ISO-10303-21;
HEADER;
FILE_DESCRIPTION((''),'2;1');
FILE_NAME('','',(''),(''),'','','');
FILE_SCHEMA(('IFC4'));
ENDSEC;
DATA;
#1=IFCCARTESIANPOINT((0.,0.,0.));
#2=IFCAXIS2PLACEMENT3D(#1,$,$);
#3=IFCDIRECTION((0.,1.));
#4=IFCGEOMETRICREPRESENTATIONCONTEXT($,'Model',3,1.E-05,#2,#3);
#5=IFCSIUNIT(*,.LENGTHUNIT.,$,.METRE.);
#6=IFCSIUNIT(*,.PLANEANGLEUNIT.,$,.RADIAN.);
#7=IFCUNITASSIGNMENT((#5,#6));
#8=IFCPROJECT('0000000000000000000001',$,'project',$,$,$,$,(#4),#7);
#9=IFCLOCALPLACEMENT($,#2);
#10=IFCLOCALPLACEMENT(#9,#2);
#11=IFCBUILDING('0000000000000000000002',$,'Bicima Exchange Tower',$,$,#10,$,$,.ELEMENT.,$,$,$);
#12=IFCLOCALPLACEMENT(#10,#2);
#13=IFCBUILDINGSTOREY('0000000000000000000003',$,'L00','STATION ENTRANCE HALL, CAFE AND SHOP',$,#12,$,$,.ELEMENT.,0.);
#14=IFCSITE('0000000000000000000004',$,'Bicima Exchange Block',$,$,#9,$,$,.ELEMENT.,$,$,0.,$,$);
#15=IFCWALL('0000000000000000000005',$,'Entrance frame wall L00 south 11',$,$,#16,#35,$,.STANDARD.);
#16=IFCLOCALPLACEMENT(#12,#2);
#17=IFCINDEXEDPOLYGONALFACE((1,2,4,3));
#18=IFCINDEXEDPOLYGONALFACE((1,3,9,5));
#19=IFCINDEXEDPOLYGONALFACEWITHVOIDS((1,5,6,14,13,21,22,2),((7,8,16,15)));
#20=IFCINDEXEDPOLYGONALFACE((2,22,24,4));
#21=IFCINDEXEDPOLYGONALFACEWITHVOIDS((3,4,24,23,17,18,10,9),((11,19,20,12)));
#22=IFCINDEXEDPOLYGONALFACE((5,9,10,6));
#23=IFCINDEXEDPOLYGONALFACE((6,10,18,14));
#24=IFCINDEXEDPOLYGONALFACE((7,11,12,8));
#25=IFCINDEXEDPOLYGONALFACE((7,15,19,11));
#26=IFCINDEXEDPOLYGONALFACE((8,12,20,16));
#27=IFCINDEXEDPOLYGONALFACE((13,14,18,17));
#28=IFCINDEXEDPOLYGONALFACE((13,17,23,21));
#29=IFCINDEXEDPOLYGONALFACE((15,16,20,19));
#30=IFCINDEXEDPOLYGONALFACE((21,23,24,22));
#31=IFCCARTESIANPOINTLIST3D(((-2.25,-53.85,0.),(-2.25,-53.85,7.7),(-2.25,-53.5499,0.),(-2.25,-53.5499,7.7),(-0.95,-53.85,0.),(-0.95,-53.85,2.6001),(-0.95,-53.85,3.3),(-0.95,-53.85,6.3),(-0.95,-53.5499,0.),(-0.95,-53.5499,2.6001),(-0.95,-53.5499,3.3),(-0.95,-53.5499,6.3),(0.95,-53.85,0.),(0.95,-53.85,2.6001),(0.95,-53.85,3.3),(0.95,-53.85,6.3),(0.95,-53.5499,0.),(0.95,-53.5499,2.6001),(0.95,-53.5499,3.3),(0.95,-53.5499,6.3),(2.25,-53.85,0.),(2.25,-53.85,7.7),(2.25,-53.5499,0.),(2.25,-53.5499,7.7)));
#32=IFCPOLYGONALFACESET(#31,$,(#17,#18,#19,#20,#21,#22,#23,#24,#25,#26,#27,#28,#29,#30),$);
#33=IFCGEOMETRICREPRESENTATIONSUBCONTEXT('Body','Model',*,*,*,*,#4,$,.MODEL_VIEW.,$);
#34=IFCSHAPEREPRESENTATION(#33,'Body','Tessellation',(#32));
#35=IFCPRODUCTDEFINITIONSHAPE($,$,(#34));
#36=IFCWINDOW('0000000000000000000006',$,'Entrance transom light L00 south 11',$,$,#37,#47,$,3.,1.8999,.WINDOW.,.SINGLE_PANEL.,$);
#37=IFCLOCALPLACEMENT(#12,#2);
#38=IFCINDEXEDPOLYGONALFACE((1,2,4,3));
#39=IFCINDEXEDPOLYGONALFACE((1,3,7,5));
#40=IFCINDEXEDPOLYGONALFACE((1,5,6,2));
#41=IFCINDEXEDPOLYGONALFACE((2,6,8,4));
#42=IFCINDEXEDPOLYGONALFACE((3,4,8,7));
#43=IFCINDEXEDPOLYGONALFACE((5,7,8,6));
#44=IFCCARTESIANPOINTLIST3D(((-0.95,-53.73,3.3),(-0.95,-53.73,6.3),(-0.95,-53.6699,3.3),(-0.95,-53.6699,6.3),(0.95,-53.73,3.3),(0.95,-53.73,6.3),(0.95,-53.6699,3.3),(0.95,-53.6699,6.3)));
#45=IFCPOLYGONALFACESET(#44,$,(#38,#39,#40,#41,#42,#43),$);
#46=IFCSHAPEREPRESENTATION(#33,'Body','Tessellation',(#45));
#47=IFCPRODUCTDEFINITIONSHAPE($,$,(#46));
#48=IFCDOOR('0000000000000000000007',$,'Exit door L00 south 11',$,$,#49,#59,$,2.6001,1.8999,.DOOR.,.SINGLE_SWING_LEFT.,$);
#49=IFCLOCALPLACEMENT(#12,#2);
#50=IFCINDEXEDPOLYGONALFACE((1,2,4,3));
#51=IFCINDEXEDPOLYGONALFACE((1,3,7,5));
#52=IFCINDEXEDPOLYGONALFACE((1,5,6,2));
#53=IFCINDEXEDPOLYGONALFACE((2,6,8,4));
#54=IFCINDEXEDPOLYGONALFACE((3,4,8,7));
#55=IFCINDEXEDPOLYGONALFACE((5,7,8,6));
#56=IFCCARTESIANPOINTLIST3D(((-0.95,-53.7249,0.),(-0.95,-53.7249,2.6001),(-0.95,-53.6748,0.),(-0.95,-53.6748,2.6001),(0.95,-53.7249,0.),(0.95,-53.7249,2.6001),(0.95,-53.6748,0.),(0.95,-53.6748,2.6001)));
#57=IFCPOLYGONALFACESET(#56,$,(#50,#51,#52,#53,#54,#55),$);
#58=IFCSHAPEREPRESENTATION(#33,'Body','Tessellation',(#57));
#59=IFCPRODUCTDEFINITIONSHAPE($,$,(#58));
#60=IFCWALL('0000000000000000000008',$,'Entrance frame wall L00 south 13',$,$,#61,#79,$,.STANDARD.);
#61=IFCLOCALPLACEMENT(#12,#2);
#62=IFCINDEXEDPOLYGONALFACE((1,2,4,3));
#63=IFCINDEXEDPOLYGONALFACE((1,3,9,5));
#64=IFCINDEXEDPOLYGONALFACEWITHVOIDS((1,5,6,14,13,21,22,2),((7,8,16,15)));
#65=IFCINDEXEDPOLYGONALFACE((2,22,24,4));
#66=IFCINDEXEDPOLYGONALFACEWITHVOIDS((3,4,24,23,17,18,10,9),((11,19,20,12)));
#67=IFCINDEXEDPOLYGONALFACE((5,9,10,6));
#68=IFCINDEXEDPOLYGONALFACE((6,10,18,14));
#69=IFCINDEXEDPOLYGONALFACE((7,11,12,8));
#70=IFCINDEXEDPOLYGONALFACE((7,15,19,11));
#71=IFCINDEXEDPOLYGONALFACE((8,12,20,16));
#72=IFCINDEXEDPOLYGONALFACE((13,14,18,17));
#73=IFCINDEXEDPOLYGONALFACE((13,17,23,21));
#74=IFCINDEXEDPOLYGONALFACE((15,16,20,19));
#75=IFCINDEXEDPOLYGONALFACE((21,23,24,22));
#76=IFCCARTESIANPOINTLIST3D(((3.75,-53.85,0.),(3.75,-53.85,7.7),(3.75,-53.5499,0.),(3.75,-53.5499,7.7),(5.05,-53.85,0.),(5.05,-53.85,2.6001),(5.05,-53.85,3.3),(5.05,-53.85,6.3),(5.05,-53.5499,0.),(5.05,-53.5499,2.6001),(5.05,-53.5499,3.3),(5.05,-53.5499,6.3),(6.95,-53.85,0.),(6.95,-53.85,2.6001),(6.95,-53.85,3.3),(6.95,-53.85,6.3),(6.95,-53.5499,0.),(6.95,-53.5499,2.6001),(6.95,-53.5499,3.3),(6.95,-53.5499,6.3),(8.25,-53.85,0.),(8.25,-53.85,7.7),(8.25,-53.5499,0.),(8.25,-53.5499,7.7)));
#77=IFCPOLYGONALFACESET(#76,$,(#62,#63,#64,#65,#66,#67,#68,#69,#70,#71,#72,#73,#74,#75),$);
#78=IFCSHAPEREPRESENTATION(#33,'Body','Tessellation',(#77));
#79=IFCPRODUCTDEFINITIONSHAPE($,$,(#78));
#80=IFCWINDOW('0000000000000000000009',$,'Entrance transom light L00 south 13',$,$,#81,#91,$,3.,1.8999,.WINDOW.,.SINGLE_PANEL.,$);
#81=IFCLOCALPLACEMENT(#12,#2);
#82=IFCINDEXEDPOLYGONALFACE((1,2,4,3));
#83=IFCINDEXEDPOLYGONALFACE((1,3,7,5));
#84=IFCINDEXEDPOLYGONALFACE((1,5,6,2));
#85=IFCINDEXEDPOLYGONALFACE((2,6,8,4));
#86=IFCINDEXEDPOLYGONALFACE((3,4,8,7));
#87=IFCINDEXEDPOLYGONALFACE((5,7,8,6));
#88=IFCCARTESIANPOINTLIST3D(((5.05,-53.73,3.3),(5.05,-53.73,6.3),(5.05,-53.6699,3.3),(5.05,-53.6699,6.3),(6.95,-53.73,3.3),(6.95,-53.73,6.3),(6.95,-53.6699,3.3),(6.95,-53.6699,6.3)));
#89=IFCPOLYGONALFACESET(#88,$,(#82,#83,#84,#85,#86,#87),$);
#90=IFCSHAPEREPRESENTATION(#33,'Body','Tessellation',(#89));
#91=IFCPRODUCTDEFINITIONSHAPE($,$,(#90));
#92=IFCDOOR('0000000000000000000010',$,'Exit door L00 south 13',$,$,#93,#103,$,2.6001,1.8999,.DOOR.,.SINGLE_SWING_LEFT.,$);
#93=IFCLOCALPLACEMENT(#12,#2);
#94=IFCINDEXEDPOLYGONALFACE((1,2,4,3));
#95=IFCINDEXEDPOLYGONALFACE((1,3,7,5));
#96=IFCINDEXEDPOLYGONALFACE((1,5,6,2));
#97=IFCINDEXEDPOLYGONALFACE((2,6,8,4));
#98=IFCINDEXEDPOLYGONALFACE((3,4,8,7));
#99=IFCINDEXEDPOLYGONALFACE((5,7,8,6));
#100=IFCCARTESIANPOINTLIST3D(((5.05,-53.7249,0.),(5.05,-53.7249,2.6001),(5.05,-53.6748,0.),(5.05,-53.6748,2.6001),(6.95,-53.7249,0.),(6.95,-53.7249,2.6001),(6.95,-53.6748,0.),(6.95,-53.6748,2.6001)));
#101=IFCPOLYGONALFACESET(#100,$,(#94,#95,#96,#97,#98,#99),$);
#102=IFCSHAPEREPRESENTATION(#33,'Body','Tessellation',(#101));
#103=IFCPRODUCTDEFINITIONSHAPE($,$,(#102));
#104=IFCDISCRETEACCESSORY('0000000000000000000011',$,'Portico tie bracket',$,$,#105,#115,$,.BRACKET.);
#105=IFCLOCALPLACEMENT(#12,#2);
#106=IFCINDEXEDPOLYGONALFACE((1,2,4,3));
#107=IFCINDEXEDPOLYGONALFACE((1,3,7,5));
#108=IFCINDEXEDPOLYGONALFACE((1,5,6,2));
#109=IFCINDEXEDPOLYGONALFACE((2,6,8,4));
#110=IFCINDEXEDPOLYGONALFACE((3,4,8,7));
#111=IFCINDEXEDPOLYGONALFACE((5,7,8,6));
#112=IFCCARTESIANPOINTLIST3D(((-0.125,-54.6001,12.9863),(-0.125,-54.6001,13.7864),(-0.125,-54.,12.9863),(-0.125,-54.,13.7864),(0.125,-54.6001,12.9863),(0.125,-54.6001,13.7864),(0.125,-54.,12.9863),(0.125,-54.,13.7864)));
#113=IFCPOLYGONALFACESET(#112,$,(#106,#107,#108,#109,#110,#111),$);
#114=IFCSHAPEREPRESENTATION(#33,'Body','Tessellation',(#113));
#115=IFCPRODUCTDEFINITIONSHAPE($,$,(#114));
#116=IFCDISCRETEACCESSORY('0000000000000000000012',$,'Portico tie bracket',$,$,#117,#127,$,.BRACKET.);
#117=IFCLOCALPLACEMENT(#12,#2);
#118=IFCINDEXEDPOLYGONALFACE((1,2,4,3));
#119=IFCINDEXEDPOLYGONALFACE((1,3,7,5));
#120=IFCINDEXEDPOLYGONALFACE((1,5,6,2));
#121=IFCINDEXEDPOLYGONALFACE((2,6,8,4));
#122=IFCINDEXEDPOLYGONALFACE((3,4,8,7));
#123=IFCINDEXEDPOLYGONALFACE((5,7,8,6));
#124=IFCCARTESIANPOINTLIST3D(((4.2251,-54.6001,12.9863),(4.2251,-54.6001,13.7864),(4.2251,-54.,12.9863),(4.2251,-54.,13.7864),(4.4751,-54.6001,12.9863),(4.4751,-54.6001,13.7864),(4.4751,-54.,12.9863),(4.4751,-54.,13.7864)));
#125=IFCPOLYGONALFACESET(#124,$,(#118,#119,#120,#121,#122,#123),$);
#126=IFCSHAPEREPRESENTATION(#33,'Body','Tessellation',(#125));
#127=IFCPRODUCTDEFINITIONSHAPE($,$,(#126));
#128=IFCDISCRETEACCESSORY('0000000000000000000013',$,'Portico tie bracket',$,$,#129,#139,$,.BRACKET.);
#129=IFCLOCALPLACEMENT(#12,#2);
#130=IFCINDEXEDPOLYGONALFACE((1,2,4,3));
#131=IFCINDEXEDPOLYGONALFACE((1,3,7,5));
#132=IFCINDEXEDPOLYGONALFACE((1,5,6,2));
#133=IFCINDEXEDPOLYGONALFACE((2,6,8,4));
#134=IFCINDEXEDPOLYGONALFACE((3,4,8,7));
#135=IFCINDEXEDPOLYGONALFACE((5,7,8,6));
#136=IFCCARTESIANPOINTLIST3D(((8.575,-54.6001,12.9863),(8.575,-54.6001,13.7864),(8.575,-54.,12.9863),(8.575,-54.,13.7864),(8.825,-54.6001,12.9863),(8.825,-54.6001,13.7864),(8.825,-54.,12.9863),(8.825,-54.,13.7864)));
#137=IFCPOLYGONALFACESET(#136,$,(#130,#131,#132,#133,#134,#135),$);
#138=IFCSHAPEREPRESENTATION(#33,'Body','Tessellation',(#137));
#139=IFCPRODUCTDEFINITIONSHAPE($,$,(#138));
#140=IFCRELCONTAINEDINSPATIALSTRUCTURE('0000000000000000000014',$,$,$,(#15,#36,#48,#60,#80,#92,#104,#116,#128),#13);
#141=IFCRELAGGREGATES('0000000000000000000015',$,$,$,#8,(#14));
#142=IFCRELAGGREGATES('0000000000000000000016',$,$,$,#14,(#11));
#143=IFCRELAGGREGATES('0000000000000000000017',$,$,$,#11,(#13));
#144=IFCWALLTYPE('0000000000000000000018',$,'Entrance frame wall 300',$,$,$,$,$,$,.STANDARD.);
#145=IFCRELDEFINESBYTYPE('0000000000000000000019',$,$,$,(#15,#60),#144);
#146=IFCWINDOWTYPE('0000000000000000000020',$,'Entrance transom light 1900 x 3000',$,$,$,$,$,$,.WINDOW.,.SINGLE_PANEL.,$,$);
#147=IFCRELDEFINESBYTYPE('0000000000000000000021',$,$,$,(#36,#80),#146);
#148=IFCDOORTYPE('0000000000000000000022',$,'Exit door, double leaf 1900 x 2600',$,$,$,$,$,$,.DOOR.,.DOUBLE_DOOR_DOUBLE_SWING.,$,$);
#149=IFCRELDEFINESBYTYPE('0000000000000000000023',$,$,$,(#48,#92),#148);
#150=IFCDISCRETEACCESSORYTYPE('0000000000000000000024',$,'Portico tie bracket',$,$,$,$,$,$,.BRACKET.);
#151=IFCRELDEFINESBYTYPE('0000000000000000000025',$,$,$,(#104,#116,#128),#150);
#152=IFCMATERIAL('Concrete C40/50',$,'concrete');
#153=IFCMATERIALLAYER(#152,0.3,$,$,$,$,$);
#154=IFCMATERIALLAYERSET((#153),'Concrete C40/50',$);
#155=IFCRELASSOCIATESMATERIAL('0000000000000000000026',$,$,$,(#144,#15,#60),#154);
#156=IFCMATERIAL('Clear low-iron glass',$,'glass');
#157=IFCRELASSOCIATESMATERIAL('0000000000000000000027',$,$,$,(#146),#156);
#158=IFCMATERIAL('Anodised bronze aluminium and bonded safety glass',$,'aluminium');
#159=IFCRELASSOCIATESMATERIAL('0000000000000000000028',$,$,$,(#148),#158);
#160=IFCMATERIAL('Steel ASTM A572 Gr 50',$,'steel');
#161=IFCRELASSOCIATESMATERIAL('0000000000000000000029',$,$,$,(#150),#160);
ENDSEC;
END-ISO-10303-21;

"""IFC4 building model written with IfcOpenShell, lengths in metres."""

from ifc_helpers import new_model, si_unit, direction, frame, frame_2d, origin, origin_2d, place, context, subcontext, project, spatial, rectangle, extrude, material, layer, layer_set, layer_usage, type_object, element, fill, save


model = new_model("IFC4")

# Units and contexts
model_context = context("Model", 3, precision=1e-05, world=origin(), true_north=direction((0.0, 1.0)))
body_context = subcontext(model_context, "Body", "Model", "MODEL_VIEW")
ifc_project = project(units=[si_unit("LENGTHUNIT", "METRE"), si_unit("PLANEANGLEUNIT", "RADIAN")], contexts=[model_context])

# Site, building, storey
site_placement = place(None, origin())
site = spatial("IfcSite", under=ifc_project, at=site_placement, Name="Bicima Exchange Block", CompositionType="ELEMENT", RefElevation=0.0)
building_placement = place(site_placement, origin())
building = spatial("IfcBuilding", under=site, at=building_placement, Name="Bicima Exchange Tower", CompositionType="ELEMENT")
storey_placement = place(building_placement, origin())
storey = spatial("IfcBuildingStorey", under=building, at=storey_placement, Name="L00", Description="STATION ENTRANCE HALL, CAFE AND SHOP", CompositionType="ELEMENT", Elevation=0.0)

# Shared definitions
ifc_material_1 = material(Name="Steel ASTM A572 Gr 50", Category="steel")

# Shared definitions
ifc_material_2 = material(Name="Clear low-iron glass", Category="glass")

# Walls, openings, windows, doors
ifc_material_3 = material(Name="Concrete C40/50", Category="concrete")
ifc_layer_1 = layer(ifc_material_3, 0.3)
ifc_layer_set_1 = layer_set([ifc_layer_1], Name="Concrete C40/50")
ifc_layer_usage = layer_usage(ifc_layer_set_1, "AXIS2", "POSITIVE", -0.15)
wall_type = type_object("IfcWallType", Name="Entrance frame wall 300", PredefinedType="STANDARD", material=ifc_layer_set_1)
wall_1_placement = place(storey_placement, frame((2.25, -53.7, 0.0), z_axis=(0.0, 0.0, 1.0), x_axis=(-1.0, 0.0, 0.0)))
wall_1 = element("IfcWall", 1, at=wall_1_placement, inside=storey, type_object=wall_type, material=ifc_layer_usage, Name="Entrance frame wall L00 south 11", PredefinedType="STANDARD", context=body_context, shape_type="SweptSolid", body=[
    extrude(rectangle(XDim=4.5, YDim=0.3, at=frame_2d((2.25, 0.0))), origin(), (0.0, 0.0, 1.0), 7.7),
])
opening_1_placement = place(wall_1_placement, frame((1.3, 0.0, 0.0)))
opening_1 = element("IfcOpeningElement", 2, at=opening_1_placement, cuts=wall_1, PredefinedType="OPENING", context=body_context, shape_type="SweptSolid", body=[
    extrude(rectangle(XDim=1.8999, YDim=2.6001, at=frame_2d((0.95, 1.3))), frame((0.0, 0.1621, 0.0), z_axis=(0.0, -1.0, 0.0), x_axis=(1.0, 0.0, 0.0)), (0.0, 0.0, 1.0), 0.324),
])
opening_2_placement = place(wall_1_placement, frame((1.3, 0.0, 3.3)))
opening_2 = element("IfcOpeningElement", 3, at=opening_2_placement, cuts=wall_1, PredefinedType="OPENING", context=body_context, shape_type="SweptSolid", body=[
    extrude(rectangle(XDim=1.8999, YDim=3.0, at=frame_2d((0.95, 1.5))), frame((0.0, 0.1621, 0.0), z_axis=(0.0, -1.0, 0.0), x_axis=(1.0, 0.0, 0.0)), (0.0, 0.0, 1.0), 0.324),
])
window_type = type_object("IfcWindowType", Name="Entrance transom light 1900 x 3000", PartitioningType="SINGLE_PANEL", PredefinedType="WINDOW", material=ifc_material_2)
window_1_placement = place(opening_2_placement, origin())
window_1 = element("IfcWindow", 4, at=window_1_placement, inside=storey, type_object=window_type, Name="Entrance transom light L00 south 11", OverallHeight=3.0, OverallWidth=1.8999, PartitioningType="SINGLE_PANEL", PredefinedType="WINDOW", context=body_context, shape_type="SweptSolid", body=[
    extrude(rectangle(XDim=1.8999, YDim=3.0, at=frame_2d((0.95, 1.5))), frame((0.0, 0.03, 0.0), z_axis=(0.0, -1.0, 0.0), x_axis=(1.0, 0.0, 0.0)), (0.0, 0.0, 1.0), 0.0601),
])
fill(opening_2, window_1)
ifc_material_4 = material(Name="Anodised bronze aluminium and bonded safety glass", Category="aluminium")
door_type = type_object("IfcDoorType", Name="Exit door, double leaf 1900 x 2600", OperationType="DOUBLE_DOOR_DOUBLE_SWING", PredefinedType="DOOR", material=ifc_material_4)
door_1_placement = place(opening_1_placement, origin())
door_1 = element("IfcDoor", 5, at=door_1_placement, inside=storey, type_object=door_type, Name="Exit door L00 south 11", OperationType="SINGLE_SWING_LEFT", OverallHeight=2.6001, OverallWidth=1.8999, PredefinedType="DOOR", context=body_context, shape_type="SweptSolid", body=[
    extrude(rectangle(XDim=1.8999, YDim=2.6001, at=frame_2d((0.95, 1.3))), frame((0.0, 0.0249, 0.0), z_axis=(0.0, -1.0, 0.0), x_axis=(1.0, 0.0, 0.0)), (0.0, 0.0, 1.0), 0.05),
])
fill(opening_1, door_1)
wall_2_placement = place(storey_placement, frame((8.25, -53.7, 0.0), z_axis=(0.0, 0.0, 1.0), x_axis=(-1.0, 0.0, 0.0)))
wall_2 = element("IfcWall", 6, at=wall_2_placement, inside=storey, type_object=wall_type, material=ifc_layer_usage, Name="Entrance frame wall L00 south 13", PredefinedType="STANDARD", context=body_context, shape_type="SweptSolid", body=[
    extrude(rectangle(XDim=4.5, YDim=0.3, at=frame_2d((2.25, 0.0))), origin(), (0.0, 0.0, 1.0), 7.7),
])
opening_3_placement = place(wall_2_placement, frame((1.3, 0.0, 0.0)))
opening_3 = element("IfcOpeningElement", 7, at=opening_3_placement, cuts=wall_2, PredefinedType="OPENING", context=body_context, shape_type="SweptSolid", body=[
    extrude(rectangle(XDim=1.8999, YDim=2.6001, at=frame_2d((0.95, 1.3))), frame((0.0, 0.1621, 0.0), z_axis=(0.0, -1.0, 0.0), x_axis=(1.0, 0.0, 0.0)), (0.0, 0.0, 1.0), 0.324),
])
opening_4_placement = place(wall_2_placement, frame((1.3, 0.0, 3.3)))
opening_4 = element("IfcOpeningElement", 8, at=opening_4_placement, cuts=wall_2, PredefinedType="OPENING", context=body_context, shape_type="SweptSolid", body=[
    extrude(rectangle(XDim=1.8999, YDim=3.0, at=frame_2d((0.95, 1.5))), frame((0.0, 0.1621, 0.0), z_axis=(0.0, -1.0, 0.0), x_axis=(1.0, 0.0, 0.0)), (0.0, 0.0, 1.0), 0.324),
])
window_2_placement = place(opening_4_placement, origin())
window_2 = element("IfcWindow", 9, at=window_2_placement, inside=storey, type_object=window_type, Name="Entrance transom light L00 south 13", OverallHeight=3.0, OverallWidth=1.8999, PartitioningType="SINGLE_PANEL", PredefinedType="WINDOW", context=body_context, shape_type="SweptSolid", body=[
    extrude(rectangle(XDim=1.8999, YDim=3.0, at=frame_2d((0.95, 1.5))), frame((0.0, 0.03, 0.0), z_axis=(0.0, -1.0, 0.0), x_axis=(1.0, 0.0, 0.0)), (0.0, 0.0, 1.0), 0.0601),
])
fill(opening_4, window_2)
door_2_placement = place(opening_3_placement, origin())
door_2 = element("IfcDoor", 10, at=door_2_placement, inside=storey, type_object=door_type, Name="Exit door L00 south 13", OperationType="SINGLE_SWING_LEFT", OverallHeight=2.6001, OverallWidth=1.8999, PredefinedType="DOOR", context=body_context, shape_type="SweptSolid", body=[
    extrude(rectangle(XDim=1.8999, YDim=2.6001, at=frame_2d((0.95, 1.3))), frame((0.0, 0.0249, 0.0), z_axis=(0.0, -1.0, 0.0), x_axis=(1.0, 0.0, 0.0)), (0.0, 0.0, 1.0), 0.05),
])
fill(opening_3, door_2)

# Discrete accessories
discrete_accessory_type = type_object("IfcDiscreteAccessoryType", Name="Portico tie bracket", PredefinedType="BRACKET", material=ifc_material_1)
for number, where, z_axis, x_axis, name in (
    (11, (0.0, -54.3, 12.9863), (0.0, 0.0, 1.0), (1.0, 0.0, 0.0), "Portico tie bracket"),
    (12, (4.3501, -54.3, 12.9863), (0.0, 0.0, 1.0), (1.0, 0.0, 0.0), "Portico tie bracket"),
    (13, (8.7, -54.3, 12.9863), (0.0, 0.0, 1.0), (1.0, 0.0, 0.0), "Portico tie bracket"),
):
    element("IfcDiscreteAccessory", number, at=place(storey_placement, frame(where, z_axis=z_axis, x_axis=x_axis)), inside=storey, type_object=discrete_accessory_type, Name=name, PredefinedType="BRACKET", context=body_context, shape_type="SweptSolid", body=[
        extrude(rectangle(XDim=0.25, YDim=0.6001, at=origin_2d()), origin(), (0.0, 0.0, 1.0), 0.8),
    ])

save(model, "model.ifc")
